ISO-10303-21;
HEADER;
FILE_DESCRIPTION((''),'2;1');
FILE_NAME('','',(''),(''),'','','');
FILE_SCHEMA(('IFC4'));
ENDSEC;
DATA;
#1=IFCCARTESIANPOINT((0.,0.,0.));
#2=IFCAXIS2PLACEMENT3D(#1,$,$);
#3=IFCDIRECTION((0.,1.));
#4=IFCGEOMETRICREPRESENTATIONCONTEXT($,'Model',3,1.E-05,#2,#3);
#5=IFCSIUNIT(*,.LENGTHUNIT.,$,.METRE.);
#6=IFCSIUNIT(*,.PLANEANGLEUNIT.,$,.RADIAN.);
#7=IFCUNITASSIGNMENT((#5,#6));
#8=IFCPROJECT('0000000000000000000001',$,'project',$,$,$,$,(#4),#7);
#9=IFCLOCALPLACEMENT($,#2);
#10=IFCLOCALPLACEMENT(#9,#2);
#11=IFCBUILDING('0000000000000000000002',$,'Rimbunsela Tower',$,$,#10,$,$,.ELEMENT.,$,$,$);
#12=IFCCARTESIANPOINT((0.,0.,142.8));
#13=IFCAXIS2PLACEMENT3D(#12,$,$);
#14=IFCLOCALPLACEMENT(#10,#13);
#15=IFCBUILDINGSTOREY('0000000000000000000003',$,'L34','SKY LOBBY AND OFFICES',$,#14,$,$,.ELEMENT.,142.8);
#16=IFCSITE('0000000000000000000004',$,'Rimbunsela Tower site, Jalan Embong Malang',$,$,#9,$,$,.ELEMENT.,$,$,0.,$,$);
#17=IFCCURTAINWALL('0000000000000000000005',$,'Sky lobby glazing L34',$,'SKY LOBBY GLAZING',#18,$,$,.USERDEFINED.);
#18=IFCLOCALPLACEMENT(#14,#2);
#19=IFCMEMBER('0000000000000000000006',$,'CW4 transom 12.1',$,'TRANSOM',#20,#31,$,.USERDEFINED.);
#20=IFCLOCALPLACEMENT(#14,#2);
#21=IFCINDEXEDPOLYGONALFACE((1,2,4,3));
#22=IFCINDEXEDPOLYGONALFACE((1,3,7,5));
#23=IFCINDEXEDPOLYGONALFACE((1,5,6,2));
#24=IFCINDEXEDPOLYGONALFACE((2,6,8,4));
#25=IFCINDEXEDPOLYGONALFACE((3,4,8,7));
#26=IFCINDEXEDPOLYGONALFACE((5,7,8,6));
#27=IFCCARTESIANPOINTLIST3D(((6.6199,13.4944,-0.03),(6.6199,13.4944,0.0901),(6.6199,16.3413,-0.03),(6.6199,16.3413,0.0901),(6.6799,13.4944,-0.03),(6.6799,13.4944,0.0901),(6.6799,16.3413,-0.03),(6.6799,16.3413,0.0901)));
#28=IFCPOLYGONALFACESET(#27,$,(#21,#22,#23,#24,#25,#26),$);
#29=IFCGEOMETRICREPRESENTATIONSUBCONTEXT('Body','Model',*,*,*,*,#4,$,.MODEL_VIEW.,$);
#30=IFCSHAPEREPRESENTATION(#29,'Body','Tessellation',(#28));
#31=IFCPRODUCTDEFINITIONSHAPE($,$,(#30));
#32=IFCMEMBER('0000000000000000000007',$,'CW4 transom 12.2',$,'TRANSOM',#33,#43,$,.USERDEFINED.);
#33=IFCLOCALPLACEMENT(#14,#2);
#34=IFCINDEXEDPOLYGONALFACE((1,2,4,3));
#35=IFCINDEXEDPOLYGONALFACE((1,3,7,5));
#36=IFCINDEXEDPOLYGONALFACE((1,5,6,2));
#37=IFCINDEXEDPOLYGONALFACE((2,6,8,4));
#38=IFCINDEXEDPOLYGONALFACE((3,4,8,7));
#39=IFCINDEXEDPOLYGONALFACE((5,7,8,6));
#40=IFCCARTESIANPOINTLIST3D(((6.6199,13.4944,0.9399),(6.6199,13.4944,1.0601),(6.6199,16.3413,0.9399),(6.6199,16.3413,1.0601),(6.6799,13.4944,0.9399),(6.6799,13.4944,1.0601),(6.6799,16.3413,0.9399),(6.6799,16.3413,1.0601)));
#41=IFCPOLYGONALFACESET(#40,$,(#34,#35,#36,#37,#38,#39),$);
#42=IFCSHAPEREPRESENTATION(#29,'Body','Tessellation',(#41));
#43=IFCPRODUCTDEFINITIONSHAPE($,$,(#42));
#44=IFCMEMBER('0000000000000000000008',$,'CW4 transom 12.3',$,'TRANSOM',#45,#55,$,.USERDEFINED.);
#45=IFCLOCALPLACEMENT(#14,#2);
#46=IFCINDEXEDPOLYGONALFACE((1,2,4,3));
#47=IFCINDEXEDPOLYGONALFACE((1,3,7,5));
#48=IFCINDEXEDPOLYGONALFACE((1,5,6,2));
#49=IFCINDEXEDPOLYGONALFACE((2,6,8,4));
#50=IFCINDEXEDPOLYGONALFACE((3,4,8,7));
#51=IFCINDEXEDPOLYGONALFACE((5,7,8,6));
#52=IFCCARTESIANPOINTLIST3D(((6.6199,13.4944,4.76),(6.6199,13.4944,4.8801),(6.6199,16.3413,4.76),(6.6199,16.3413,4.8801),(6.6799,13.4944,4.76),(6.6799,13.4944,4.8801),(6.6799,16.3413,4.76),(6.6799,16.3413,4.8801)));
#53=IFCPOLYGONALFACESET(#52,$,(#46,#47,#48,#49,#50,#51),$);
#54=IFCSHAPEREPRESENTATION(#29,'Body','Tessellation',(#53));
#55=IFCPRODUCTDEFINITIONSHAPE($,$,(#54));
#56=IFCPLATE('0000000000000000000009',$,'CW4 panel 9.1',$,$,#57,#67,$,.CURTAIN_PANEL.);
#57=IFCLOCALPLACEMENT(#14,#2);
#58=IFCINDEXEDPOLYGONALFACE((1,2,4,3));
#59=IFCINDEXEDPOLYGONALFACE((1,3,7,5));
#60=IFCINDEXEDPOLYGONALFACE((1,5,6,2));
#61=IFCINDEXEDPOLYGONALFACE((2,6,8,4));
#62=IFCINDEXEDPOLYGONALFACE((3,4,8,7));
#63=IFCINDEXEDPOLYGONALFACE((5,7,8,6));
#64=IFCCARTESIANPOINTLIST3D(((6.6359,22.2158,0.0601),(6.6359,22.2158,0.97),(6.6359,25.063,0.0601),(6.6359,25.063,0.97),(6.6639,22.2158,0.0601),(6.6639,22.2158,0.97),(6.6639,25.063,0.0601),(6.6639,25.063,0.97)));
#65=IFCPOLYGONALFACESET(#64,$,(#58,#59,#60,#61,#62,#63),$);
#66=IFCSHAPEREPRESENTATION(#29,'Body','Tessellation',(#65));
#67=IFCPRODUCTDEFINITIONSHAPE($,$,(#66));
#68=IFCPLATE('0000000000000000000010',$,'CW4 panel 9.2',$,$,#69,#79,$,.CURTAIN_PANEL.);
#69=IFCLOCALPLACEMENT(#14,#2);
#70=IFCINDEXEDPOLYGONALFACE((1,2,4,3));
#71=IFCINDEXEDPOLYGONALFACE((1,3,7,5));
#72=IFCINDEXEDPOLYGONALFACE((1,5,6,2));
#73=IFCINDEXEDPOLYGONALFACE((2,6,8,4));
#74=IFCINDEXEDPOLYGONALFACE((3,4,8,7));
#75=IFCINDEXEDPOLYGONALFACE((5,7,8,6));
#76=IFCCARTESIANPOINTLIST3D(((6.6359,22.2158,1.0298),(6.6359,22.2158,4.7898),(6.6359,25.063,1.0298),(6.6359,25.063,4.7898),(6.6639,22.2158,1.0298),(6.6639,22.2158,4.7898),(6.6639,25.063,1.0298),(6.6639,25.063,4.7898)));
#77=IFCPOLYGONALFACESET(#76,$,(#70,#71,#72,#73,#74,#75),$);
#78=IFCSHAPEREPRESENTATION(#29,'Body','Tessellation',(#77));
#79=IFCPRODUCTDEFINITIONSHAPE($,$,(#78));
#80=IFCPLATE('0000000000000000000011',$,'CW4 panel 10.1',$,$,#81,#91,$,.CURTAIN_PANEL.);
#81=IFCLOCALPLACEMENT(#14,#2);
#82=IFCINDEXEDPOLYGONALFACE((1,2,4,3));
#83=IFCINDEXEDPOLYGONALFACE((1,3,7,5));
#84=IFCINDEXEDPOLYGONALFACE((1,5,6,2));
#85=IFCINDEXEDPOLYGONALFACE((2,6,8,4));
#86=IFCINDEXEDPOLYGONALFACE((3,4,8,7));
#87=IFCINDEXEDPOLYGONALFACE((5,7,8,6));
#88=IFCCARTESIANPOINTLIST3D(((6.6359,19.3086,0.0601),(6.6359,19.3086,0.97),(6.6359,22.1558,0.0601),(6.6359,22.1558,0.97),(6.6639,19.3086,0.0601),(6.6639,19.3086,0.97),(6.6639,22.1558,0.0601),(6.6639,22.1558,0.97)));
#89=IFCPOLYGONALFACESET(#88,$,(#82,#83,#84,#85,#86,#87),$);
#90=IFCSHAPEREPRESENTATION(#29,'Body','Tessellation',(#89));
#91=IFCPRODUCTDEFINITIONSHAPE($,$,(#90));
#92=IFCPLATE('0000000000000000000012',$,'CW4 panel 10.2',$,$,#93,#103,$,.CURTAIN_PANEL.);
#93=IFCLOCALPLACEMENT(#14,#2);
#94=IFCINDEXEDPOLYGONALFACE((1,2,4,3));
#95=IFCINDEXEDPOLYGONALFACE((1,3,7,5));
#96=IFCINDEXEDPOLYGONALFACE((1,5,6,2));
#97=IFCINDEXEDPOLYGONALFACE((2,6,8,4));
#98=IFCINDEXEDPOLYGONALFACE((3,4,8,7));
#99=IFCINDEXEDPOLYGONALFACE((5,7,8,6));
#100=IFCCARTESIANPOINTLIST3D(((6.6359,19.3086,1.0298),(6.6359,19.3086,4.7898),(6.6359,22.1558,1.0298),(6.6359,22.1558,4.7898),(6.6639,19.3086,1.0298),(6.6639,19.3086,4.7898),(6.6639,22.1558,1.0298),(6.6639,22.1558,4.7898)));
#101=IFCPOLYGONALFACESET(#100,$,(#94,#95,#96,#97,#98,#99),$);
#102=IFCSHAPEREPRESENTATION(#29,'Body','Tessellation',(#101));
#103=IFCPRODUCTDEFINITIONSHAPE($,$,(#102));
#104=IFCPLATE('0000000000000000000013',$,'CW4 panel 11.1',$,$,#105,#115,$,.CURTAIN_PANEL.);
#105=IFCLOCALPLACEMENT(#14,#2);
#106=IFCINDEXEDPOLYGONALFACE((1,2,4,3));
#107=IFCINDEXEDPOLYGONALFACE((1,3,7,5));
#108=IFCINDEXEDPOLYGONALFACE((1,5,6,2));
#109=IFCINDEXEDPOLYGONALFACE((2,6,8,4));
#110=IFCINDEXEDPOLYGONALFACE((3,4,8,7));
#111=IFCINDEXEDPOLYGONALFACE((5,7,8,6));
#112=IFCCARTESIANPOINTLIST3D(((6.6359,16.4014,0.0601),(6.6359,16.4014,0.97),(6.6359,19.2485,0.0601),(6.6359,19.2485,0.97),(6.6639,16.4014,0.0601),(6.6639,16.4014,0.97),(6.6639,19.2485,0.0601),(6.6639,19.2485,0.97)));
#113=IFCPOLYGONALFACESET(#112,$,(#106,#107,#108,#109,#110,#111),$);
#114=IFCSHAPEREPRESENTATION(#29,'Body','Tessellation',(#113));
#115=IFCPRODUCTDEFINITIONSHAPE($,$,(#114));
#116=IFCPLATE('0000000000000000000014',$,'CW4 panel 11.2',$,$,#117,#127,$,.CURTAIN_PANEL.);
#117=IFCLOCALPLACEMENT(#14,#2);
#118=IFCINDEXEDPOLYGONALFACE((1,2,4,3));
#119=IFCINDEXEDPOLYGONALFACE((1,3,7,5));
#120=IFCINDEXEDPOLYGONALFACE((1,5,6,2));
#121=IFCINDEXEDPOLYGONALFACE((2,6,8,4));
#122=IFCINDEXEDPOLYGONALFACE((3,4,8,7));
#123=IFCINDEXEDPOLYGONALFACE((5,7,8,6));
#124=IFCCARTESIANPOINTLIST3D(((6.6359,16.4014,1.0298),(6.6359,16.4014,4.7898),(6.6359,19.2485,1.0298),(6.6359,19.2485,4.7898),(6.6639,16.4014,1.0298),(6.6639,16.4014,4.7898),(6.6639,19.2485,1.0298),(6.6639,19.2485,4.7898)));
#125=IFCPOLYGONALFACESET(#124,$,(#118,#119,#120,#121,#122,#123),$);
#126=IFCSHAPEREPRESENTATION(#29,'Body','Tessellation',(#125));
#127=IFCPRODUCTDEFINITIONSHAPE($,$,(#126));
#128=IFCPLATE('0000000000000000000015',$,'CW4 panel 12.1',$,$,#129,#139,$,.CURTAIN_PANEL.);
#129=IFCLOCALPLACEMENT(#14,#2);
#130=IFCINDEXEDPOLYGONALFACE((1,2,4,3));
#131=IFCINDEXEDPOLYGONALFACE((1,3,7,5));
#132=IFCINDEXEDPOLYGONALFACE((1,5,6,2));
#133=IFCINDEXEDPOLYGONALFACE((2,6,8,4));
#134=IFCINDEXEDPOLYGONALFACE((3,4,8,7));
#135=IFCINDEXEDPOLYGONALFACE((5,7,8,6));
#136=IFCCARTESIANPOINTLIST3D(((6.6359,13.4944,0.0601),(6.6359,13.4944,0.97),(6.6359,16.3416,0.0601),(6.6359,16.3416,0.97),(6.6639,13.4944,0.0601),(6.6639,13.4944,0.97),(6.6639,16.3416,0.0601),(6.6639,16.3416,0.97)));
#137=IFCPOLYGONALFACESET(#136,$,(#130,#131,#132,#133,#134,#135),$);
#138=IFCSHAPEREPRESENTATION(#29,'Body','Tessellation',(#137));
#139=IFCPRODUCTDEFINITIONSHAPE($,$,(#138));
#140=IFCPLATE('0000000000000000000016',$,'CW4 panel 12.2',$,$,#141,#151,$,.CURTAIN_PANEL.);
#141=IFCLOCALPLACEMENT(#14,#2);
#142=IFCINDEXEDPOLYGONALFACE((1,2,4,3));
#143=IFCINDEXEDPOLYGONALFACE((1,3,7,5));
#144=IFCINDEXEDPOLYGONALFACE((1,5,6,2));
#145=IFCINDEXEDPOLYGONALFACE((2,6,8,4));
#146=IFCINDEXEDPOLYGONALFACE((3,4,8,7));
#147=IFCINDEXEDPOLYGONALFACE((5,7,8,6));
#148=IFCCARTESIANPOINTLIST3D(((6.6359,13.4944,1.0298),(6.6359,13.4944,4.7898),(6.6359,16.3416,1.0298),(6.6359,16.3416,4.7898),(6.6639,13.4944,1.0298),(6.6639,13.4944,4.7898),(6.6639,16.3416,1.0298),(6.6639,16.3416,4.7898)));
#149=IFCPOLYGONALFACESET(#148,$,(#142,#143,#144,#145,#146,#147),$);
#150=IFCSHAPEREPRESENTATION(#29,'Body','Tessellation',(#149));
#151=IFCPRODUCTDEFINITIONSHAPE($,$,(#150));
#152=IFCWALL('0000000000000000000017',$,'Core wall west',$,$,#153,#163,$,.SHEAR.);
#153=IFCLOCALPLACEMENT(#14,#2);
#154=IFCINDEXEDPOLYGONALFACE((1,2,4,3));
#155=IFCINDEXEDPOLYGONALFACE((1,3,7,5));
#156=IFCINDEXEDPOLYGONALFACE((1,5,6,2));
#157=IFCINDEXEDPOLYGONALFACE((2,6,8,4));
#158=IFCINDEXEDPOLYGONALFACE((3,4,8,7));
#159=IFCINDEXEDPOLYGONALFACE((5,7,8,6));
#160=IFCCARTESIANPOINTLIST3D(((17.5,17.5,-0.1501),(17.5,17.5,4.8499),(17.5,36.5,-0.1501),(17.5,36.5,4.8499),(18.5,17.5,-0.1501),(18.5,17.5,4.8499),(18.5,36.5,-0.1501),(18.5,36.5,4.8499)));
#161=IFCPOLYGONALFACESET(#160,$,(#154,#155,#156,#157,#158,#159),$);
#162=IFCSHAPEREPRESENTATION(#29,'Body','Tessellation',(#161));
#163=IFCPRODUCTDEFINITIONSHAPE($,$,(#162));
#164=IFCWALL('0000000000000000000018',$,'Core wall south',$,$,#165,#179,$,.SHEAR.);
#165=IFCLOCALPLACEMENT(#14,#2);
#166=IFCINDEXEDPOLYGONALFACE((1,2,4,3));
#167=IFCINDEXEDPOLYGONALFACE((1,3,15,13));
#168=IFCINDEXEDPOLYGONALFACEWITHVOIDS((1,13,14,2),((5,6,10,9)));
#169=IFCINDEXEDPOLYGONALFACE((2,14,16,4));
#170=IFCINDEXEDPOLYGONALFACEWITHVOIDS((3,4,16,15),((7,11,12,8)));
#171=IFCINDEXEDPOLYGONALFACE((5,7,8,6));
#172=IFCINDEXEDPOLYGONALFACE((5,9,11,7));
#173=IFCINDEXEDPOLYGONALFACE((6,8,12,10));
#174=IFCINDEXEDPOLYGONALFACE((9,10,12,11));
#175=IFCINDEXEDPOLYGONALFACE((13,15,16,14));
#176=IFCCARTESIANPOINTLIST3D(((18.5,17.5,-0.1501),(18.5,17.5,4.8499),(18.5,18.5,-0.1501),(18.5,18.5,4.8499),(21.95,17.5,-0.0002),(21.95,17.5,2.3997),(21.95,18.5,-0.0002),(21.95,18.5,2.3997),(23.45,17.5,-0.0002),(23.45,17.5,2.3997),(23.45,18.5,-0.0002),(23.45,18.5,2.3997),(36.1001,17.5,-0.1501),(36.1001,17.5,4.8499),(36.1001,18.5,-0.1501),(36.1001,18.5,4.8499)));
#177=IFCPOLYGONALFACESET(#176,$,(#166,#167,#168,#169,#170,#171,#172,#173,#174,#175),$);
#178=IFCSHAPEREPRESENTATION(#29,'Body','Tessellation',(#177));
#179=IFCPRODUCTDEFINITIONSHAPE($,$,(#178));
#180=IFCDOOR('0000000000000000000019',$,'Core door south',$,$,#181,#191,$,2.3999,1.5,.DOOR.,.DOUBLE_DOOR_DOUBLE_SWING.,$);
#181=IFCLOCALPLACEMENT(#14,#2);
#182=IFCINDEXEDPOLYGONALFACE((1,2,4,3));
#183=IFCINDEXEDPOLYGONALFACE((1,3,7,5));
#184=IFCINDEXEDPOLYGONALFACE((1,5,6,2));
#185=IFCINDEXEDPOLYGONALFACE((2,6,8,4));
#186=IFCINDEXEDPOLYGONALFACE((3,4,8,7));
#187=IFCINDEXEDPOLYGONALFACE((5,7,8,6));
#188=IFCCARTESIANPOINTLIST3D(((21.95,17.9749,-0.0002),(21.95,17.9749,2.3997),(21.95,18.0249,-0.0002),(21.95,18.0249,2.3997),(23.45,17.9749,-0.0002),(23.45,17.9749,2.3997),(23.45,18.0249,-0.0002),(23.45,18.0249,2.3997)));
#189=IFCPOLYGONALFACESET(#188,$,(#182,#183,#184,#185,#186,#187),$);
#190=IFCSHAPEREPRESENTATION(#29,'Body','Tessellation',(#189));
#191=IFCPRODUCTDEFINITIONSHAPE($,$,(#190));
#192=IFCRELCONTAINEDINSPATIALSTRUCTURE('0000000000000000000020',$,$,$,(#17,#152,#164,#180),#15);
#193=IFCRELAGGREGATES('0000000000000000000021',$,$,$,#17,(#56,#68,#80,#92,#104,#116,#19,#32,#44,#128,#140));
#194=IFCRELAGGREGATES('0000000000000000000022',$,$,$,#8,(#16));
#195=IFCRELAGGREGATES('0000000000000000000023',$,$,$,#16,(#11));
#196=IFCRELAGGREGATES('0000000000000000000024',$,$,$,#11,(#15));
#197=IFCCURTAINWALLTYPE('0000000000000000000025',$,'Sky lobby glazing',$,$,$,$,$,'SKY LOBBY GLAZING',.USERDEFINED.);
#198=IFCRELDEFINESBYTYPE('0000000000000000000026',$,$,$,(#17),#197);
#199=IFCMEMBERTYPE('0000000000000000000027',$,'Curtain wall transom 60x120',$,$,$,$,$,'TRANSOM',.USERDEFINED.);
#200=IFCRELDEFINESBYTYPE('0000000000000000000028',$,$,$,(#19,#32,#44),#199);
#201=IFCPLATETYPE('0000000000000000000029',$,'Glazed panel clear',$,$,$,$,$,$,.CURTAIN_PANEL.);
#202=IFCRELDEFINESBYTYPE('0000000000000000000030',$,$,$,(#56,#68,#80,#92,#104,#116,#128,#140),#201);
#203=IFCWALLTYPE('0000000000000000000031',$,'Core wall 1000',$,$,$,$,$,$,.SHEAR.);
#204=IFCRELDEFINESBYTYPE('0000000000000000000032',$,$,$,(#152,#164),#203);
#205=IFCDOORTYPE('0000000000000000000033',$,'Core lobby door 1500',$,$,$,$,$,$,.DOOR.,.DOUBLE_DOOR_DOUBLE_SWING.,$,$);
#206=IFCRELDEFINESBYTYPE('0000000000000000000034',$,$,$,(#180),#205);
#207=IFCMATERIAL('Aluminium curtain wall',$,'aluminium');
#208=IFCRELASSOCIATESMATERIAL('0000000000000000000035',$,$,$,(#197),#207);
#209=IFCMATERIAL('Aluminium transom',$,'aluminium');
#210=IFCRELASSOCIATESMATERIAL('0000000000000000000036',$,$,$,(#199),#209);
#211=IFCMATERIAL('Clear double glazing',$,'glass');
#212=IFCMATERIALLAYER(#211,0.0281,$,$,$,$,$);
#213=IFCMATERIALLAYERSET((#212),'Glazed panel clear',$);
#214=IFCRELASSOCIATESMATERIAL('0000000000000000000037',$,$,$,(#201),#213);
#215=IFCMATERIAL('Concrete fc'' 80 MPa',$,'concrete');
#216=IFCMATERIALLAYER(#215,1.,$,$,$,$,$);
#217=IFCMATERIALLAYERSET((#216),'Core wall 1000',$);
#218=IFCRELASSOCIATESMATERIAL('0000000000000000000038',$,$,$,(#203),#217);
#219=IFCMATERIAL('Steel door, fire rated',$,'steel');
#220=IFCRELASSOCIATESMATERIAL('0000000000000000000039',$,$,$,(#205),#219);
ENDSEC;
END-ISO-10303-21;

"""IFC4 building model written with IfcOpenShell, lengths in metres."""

from ifc_helpers import new_model, si_unit, direction, frame, frame_2d, origin, origin_2d, place, context, subcontext, project, spatial, rectangle, extrude, material, layer, layer_set, material_profile, profile_set, type_object, element, fill, aggregate, save


model = new_model("IFC4")

# Units and contexts
model_context = context("Model", 3, precision=1e-05, world=origin(), true_north=direction((0.0, 1.0)))
body_context = subcontext(model_context, "Body", "Model", "MODEL_VIEW")
ifc_project = project(units=[si_unit("LENGTHUNIT", "METRE"), si_unit("PLANEANGLEUNIT", "RADIAN")], contexts=[model_context])

# Site, building, storey
site_placement = place(None, origin())
site = spatial("IfcSite", under=ifc_project, at=site_placement, Name="Rimbunsela Tower site, Jalan Embong Malang", CompositionType="ELEMENT", RefElevation=0.0)
building_placement = place(site_placement, origin())
building = spatial("IfcBuilding", under=site, at=building_placement, Name="Rimbunsela Tower", CompositionType="ELEMENT")
storey_placement = place(building_placement, frame((0.0, 0.0, 142.8)))
storey = spatial("IfcBuildingStorey", under=building, at=storey_placement, Name="L34", Description="SKY LOBBY AND OFFICES", CompositionType="ELEMENT", Elevation=142.8)

# Curtain wall, members, plates
ifc_material_1 = material(Name="Aluminium curtain wall", Category="aluminium")
curtain_wall_type = type_object("IfcCurtainWallType", Name="Sky lobby glazing", ElementType="SKY LOBBY GLAZING", PredefinedType="USERDEFINED", material=ifc_material_1)
curtain_wall_placement = place(storey_placement, origin())
curtain_wall = element("IfcCurtainWall", 1, at=curtain_wall_placement, inside=storey, type_object=curtain_wall_type, Name="Sky lobby glazing L34", ObjectType="SKY LOBBY GLAZING", PredefinedType="USERDEFINED")
ifc_material_2 = material(Name="Aluminium transom", Category="aluminium")
ifc_material_profile_1 = material_profile(ifc_material_2, rectangle(XDim=0.0601, YDim=0.1201, at=origin_2d()), Name="Transom 60x120")
ifc_profile_set_1 = profile_set([ifc_material_profile_1], Name="Aluminium transom")
member_type_1 = type_object("IfcMemberType", Name="Curtain wall transom 60x120", ElementType="TRANSOM", PredefinedType="USERDEFINED", material=ifc_profile_set_1)
member_1_placement = place(storey_placement, frame((6.6499, 16.3413, 0.03), z_axis=(0.0, -1.0, 0.0), x_axis=(1.0, 0.0, 0.0)))
member_1 = element("IfcMember", 2, at=member_1_placement, type_object=member_type_1, Name="CW4 transom 12.1", ObjectType="TRANSOM", PredefinedType="USERDEFINED", context=body_context, shape_type="SweptSolid", body=[
    extrude(rectangle(XDim=0.0601, YDim=0.1201, at=origin_2d()), origin(), (0.0, 0.0, 1.0), 2.8469),
])
member_2_placement = place(storey_placement, frame((6.6499, 16.3413, 1.0), z_axis=(0.0, -1.0, 0.0), x_axis=(1.0, 0.0, 0.0)))
member_2 = element("IfcMember", 3, at=member_2_placement, type_object=member_type_1, Name="CW4 transom 12.2", ObjectType="TRANSOM", PredefinedType="USERDEFINED", context=body_context, shape_type="SweptSolid", body=[
    extrude(rectangle(XDim=0.0601, YDim=0.1201, at=origin_2d()), origin(), (0.0, 0.0, 1.0), 2.8469),
])
member_3_placement = place(storey_placement, frame((6.6499, 16.3413, 4.8201), z_axis=(0.0, -1.0, 0.0), x_axis=(1.0, 0.0, 0.0)))
member_3 = element("IfcMember", 4, at=member_3_placement, type_object=member_type_1, Name="CW4 transom 12.3", ObjectType="TRANSOM", PredefinedType="USERDEFINED", context=body_context, shape_type="SweptSolid", body=[
    extrude(rectangle(XDim=0.0601, YDim=0.1201, at=origin_2d()), origin(), (0.0, 0.0, 1.0), 2.8469),
])
ifc_material_3 = material(Name="Clear double glazing", Category="glass")
ifc_layer_1 = layer(ifc_material_3, 0.0281)
ifc_layer_set_1 = layer_set([ifc_layer_1], Name="Glazed panel clear")
plate_type = type_object("IfcPlateType", Name="Glazed panel clear", PredefinedType="CURTAIN_PANEL", material=ifc_layer_set_1)
plate_1_placement = place(storey_placement, frame((6.6499, 23.6394, 0.0601), z_axis=(0.0, 0.0, 1.0), x_axis=(0.0, -1.0, 0.0)))
plate_1 = element("IfcPlate", 5, at=plate_1_placement, type_object=plate_type, Name="CW4 panel 9.1", PredefinedType="CURTAIN_PANEL", context=body_context, shape_type="SweptSolid", body=[
    extrude(rectangle(XDim=2.8472, YDim=0.0281, at=origin_2d()), origin(), (0.0, 0.0, 1.0), 0.9099),
])
plate_2_placement = place(storey_placement, frame((6.6499, 23.6394, 1.0298), z_axis=(0.0, 0.0, 1.0), x_axis=(0.0, -1.0, 0.0)))
plate_2 = element("IfcPlate", 6, at=plate_2_placement, type_object=plate_type, Name="CW4 panel 9.2", PredefinedType="CURTAIN_PANEL", context=body_context, shape_type="SweptSolid", body=[
    extrude(rectangle(XDim=2.8472, YDim=0.0281, at=origin_2d()), origin(), (0.0, 0.0, 1.0), 3.76),
])
plate_3_placement = place(storey_placement, frame((6.6499, 20.7322, 0.0601), z_axis=(0.0, 0.0, 1.0), x_axis=(0.0, -1.0, 0.0)))
plate_3 = element("IfcPlate", 7, at=plate_3_placement, type_object=plate_type, Name="CW4 panel 10.1", PredefinedType="CURTAIN_PANEL", context=body_context, shape_type="SweptSolid", body=[
    extrude(rectangle(XDim=2.8472, YDim=0.0281, at=origin_2d()), origin(), (0.0, 0.0, 1.0), 0.9099),
])
plate_4_placement = place(storey_placement, frame((6.6499, 20.7322, 1.0298), z_axis=(0.0, 0.0, 1.0), x_axis=(0.0, -1.0, 0.0)))
plate_4 = element("IfcPlate", 8, at=plate_4_placement, type_object=plate_type, Name="CW4 panel 10.2", PredefinedType="CURTAIN_PANEL", context=body_context, shape_type="SweptSolid", body=[
    extrude(rectangle(XDim=2.8472, YDim=0.0281, at=origin_2d()), origin(), (0.0, 0.0, 1.0), 3.76),
])
plate_5_placement = place(storey_placement, frame((6.6499, 17.825, 0.0601), z_axis=(0.0, 0.0, 1.0), x_axis=(0.0, -1.0, 0.0)))
plate_5 = element("IfcPlate", 9, at=plate_5_placement, type_object=plate_type, Name="CW4 panel 11.1", PredefinedType="CURTAIN_PANEL", context=body_context, shape_type="SweptSolid", body=[
    extrude(rectangle(XDim=2.8472, YDim=0.0281, at=origin_2d()), origin(), (0.0, 0.0, 1.0), 0.9099),
])
plate_6_placement = place(storey_placement, frame((6.6499, 17.825, 1.0298), z_axis=(0.0, 0.0, 1.0), x_axis=(0.0, -1.0, 0.0)))
plate_6 = element("IfcPlate", 10, at=plate_6_placement, type_object=plate_type, Name="CW4 panel 11.2", PredefinedType="CURTAIN_PANEL", context=body_context, shape_type="SweptSolid", body=[
    extrude(rectangle(XDim=2.8472, YDim=0.0281, at=origin_2d()), origin(), (0.0, 0.0, 1.0), 3.76),
])
plate_7_placement = place(storey_placement, frame((6.6499, 14.918, 0.0601), z_axis=(0.0, 0.0, 1.0), x_axis=(0.0, -1.0, 0.0)))
plate_7 = element("IfcPlate", 11, at=plate_7_placement, type_object=plate_type, Name="CW4 panel 12.1", PredefinedType="CURTAIN_PANEL", context=body_context, shape_type="SweptSolid", body=[
    extrude(rectangle(XDim=2.8472, YDim=0.0281, at=origin_2d()), origin(), (0.0, 0.0, 1.0), 0.9099),
])
plate_8_placement = place(storey_placement, frame((6.6499, 14.918, 1.0298), z_axis=(0.0, 0.0, 1.0), x_axis=(0.0, -1.0, 0.0)))
plate_8 = element("IfcPlate", 12, at=plate_8_placement, type_object=plate_type, Name="CW4 panel 12.2", PredefinedType="CURTAIN_PANEL", context=body_context, shape_type="SweptSolid", body=[
    extrude(rectangle(XDim=2.8472, YDim=0.0281, at=origin_2d()), origin(), (0.0, 0.0, 1.0), 3.76),
])
aggregate(curtain_wall, [plate_1, plate_2, plate_3, plate_4, plate_5, plate_6, member_1, member_2, member_3, plate_7, plate_8])

# Wall
ifc_material_4 = material(Name="Concrete fc' 80 MPa", Category="concrete")
ifc_layer_2 = layer(ifc_material_4, 1.0)
ifc_layer_set_2 = layer_set([ifc_layer_2], Name="Core wall 1000")
wall_type_1 = type_object("IfcWallType", Name="Core wall 1000", PredefinedType="SHEAR", material=ifc_layer_set_2)
wall_1_placement = place(storey_placement, frame((18.0, 17.5, -0.1501), z_axis=(0.0, 0.0, 1.0), x_axis=(0.0, 1.0, 0.0)))
element("IfcWall", 13, at=wall_1_placement, inside=storey, type_object=wall_type_1, Name="Core wall west", PredefinedType="SHEAR", context=body_context, shape_type="SweptSolid", body=[
    extrude(rectangle(XDim=19.0, YDim=1.0, at=frame_2d((9.5, 0.0))), origin(), (0.0, 0.0, 1.0), 5.0),
])

# Wall, opening, door
wall_2_placement = place(storey_placement, frame((18.5, 18.0, -0.1501), z_axis=(0.0, 0.0, 1.0), x_axis=(1.0, 0.0, 0.0)))
wall_2 = element("IfcWall", 14, at=wall_2_placement, inside=storey, type_object=wall_type_1, Name="Core wall south", PredefinedType="SHEAR", context=body_context, shape_type="SweptSolid", body=[
    extrude(rectangle(XDim=17.6001, YDim=1.0, at=frame_2d((8.8, 0.0))), origin(), (0.0, 0.0, 1.0), 5.0),
])
opening_1_placement = place(wall_2_placement, frame((3.45, 0.0, 0.1499)))
opening_1 = element("IfcOpeningElement", 15, at=opening_1_placement, cuts=wall_2, PredefinedType="OPENING", context=body_context, shape_type="SweptSolid", body=[
    extrude(rectangle(XDim=1.5, YDim=2.3999, at=frame_2d((0.75, 1.2))), frame((0.0, 0.51, 0.0), z_axis=(0.0, -1.0, 0.0), x_axis=(1.0, 0.0, 0.0)), (0.0, 0.0, 1.0), 1.02),
])
ifc_material_5 = material(Name="Steel door, fire rated", Category="steel")
door_type_1 = type_object("IfcDoorType", Name="Core lobby door 1500", OperationType="DOUBLE_DOOR_DOUBLE_SWING", PredefinedType="DOOR", material=ifc_material_5)
door_1_placement = place(opening_1_placement, origin())
door_1 = element("IfcDoor", 16, at=door_1_placement, inside=storey, type_object=door_type_1, Name="Core door south", OperationType="DOUBLE_DOOR_DOUBLE_SWING", OverallHeight=2.3999, OverallWidth=1.5, PredefinedType="DOOR", context=body_context, shape_type="SweptSolid", body=[
    extrude(rectangle(XDim=1.5, YDim=2.3999, at=frame_2d((0.75, 1.2))), frame((0.0, 0.0249, 0.0), z_axis=(0.0, -1.0, 0.0), x_axis=(1.0, 0.0, 0.0)), (0.0, 0.0, 1.0), 0.05),
])
fill(opening_1, door_1)

save(model, "model.ifc")
